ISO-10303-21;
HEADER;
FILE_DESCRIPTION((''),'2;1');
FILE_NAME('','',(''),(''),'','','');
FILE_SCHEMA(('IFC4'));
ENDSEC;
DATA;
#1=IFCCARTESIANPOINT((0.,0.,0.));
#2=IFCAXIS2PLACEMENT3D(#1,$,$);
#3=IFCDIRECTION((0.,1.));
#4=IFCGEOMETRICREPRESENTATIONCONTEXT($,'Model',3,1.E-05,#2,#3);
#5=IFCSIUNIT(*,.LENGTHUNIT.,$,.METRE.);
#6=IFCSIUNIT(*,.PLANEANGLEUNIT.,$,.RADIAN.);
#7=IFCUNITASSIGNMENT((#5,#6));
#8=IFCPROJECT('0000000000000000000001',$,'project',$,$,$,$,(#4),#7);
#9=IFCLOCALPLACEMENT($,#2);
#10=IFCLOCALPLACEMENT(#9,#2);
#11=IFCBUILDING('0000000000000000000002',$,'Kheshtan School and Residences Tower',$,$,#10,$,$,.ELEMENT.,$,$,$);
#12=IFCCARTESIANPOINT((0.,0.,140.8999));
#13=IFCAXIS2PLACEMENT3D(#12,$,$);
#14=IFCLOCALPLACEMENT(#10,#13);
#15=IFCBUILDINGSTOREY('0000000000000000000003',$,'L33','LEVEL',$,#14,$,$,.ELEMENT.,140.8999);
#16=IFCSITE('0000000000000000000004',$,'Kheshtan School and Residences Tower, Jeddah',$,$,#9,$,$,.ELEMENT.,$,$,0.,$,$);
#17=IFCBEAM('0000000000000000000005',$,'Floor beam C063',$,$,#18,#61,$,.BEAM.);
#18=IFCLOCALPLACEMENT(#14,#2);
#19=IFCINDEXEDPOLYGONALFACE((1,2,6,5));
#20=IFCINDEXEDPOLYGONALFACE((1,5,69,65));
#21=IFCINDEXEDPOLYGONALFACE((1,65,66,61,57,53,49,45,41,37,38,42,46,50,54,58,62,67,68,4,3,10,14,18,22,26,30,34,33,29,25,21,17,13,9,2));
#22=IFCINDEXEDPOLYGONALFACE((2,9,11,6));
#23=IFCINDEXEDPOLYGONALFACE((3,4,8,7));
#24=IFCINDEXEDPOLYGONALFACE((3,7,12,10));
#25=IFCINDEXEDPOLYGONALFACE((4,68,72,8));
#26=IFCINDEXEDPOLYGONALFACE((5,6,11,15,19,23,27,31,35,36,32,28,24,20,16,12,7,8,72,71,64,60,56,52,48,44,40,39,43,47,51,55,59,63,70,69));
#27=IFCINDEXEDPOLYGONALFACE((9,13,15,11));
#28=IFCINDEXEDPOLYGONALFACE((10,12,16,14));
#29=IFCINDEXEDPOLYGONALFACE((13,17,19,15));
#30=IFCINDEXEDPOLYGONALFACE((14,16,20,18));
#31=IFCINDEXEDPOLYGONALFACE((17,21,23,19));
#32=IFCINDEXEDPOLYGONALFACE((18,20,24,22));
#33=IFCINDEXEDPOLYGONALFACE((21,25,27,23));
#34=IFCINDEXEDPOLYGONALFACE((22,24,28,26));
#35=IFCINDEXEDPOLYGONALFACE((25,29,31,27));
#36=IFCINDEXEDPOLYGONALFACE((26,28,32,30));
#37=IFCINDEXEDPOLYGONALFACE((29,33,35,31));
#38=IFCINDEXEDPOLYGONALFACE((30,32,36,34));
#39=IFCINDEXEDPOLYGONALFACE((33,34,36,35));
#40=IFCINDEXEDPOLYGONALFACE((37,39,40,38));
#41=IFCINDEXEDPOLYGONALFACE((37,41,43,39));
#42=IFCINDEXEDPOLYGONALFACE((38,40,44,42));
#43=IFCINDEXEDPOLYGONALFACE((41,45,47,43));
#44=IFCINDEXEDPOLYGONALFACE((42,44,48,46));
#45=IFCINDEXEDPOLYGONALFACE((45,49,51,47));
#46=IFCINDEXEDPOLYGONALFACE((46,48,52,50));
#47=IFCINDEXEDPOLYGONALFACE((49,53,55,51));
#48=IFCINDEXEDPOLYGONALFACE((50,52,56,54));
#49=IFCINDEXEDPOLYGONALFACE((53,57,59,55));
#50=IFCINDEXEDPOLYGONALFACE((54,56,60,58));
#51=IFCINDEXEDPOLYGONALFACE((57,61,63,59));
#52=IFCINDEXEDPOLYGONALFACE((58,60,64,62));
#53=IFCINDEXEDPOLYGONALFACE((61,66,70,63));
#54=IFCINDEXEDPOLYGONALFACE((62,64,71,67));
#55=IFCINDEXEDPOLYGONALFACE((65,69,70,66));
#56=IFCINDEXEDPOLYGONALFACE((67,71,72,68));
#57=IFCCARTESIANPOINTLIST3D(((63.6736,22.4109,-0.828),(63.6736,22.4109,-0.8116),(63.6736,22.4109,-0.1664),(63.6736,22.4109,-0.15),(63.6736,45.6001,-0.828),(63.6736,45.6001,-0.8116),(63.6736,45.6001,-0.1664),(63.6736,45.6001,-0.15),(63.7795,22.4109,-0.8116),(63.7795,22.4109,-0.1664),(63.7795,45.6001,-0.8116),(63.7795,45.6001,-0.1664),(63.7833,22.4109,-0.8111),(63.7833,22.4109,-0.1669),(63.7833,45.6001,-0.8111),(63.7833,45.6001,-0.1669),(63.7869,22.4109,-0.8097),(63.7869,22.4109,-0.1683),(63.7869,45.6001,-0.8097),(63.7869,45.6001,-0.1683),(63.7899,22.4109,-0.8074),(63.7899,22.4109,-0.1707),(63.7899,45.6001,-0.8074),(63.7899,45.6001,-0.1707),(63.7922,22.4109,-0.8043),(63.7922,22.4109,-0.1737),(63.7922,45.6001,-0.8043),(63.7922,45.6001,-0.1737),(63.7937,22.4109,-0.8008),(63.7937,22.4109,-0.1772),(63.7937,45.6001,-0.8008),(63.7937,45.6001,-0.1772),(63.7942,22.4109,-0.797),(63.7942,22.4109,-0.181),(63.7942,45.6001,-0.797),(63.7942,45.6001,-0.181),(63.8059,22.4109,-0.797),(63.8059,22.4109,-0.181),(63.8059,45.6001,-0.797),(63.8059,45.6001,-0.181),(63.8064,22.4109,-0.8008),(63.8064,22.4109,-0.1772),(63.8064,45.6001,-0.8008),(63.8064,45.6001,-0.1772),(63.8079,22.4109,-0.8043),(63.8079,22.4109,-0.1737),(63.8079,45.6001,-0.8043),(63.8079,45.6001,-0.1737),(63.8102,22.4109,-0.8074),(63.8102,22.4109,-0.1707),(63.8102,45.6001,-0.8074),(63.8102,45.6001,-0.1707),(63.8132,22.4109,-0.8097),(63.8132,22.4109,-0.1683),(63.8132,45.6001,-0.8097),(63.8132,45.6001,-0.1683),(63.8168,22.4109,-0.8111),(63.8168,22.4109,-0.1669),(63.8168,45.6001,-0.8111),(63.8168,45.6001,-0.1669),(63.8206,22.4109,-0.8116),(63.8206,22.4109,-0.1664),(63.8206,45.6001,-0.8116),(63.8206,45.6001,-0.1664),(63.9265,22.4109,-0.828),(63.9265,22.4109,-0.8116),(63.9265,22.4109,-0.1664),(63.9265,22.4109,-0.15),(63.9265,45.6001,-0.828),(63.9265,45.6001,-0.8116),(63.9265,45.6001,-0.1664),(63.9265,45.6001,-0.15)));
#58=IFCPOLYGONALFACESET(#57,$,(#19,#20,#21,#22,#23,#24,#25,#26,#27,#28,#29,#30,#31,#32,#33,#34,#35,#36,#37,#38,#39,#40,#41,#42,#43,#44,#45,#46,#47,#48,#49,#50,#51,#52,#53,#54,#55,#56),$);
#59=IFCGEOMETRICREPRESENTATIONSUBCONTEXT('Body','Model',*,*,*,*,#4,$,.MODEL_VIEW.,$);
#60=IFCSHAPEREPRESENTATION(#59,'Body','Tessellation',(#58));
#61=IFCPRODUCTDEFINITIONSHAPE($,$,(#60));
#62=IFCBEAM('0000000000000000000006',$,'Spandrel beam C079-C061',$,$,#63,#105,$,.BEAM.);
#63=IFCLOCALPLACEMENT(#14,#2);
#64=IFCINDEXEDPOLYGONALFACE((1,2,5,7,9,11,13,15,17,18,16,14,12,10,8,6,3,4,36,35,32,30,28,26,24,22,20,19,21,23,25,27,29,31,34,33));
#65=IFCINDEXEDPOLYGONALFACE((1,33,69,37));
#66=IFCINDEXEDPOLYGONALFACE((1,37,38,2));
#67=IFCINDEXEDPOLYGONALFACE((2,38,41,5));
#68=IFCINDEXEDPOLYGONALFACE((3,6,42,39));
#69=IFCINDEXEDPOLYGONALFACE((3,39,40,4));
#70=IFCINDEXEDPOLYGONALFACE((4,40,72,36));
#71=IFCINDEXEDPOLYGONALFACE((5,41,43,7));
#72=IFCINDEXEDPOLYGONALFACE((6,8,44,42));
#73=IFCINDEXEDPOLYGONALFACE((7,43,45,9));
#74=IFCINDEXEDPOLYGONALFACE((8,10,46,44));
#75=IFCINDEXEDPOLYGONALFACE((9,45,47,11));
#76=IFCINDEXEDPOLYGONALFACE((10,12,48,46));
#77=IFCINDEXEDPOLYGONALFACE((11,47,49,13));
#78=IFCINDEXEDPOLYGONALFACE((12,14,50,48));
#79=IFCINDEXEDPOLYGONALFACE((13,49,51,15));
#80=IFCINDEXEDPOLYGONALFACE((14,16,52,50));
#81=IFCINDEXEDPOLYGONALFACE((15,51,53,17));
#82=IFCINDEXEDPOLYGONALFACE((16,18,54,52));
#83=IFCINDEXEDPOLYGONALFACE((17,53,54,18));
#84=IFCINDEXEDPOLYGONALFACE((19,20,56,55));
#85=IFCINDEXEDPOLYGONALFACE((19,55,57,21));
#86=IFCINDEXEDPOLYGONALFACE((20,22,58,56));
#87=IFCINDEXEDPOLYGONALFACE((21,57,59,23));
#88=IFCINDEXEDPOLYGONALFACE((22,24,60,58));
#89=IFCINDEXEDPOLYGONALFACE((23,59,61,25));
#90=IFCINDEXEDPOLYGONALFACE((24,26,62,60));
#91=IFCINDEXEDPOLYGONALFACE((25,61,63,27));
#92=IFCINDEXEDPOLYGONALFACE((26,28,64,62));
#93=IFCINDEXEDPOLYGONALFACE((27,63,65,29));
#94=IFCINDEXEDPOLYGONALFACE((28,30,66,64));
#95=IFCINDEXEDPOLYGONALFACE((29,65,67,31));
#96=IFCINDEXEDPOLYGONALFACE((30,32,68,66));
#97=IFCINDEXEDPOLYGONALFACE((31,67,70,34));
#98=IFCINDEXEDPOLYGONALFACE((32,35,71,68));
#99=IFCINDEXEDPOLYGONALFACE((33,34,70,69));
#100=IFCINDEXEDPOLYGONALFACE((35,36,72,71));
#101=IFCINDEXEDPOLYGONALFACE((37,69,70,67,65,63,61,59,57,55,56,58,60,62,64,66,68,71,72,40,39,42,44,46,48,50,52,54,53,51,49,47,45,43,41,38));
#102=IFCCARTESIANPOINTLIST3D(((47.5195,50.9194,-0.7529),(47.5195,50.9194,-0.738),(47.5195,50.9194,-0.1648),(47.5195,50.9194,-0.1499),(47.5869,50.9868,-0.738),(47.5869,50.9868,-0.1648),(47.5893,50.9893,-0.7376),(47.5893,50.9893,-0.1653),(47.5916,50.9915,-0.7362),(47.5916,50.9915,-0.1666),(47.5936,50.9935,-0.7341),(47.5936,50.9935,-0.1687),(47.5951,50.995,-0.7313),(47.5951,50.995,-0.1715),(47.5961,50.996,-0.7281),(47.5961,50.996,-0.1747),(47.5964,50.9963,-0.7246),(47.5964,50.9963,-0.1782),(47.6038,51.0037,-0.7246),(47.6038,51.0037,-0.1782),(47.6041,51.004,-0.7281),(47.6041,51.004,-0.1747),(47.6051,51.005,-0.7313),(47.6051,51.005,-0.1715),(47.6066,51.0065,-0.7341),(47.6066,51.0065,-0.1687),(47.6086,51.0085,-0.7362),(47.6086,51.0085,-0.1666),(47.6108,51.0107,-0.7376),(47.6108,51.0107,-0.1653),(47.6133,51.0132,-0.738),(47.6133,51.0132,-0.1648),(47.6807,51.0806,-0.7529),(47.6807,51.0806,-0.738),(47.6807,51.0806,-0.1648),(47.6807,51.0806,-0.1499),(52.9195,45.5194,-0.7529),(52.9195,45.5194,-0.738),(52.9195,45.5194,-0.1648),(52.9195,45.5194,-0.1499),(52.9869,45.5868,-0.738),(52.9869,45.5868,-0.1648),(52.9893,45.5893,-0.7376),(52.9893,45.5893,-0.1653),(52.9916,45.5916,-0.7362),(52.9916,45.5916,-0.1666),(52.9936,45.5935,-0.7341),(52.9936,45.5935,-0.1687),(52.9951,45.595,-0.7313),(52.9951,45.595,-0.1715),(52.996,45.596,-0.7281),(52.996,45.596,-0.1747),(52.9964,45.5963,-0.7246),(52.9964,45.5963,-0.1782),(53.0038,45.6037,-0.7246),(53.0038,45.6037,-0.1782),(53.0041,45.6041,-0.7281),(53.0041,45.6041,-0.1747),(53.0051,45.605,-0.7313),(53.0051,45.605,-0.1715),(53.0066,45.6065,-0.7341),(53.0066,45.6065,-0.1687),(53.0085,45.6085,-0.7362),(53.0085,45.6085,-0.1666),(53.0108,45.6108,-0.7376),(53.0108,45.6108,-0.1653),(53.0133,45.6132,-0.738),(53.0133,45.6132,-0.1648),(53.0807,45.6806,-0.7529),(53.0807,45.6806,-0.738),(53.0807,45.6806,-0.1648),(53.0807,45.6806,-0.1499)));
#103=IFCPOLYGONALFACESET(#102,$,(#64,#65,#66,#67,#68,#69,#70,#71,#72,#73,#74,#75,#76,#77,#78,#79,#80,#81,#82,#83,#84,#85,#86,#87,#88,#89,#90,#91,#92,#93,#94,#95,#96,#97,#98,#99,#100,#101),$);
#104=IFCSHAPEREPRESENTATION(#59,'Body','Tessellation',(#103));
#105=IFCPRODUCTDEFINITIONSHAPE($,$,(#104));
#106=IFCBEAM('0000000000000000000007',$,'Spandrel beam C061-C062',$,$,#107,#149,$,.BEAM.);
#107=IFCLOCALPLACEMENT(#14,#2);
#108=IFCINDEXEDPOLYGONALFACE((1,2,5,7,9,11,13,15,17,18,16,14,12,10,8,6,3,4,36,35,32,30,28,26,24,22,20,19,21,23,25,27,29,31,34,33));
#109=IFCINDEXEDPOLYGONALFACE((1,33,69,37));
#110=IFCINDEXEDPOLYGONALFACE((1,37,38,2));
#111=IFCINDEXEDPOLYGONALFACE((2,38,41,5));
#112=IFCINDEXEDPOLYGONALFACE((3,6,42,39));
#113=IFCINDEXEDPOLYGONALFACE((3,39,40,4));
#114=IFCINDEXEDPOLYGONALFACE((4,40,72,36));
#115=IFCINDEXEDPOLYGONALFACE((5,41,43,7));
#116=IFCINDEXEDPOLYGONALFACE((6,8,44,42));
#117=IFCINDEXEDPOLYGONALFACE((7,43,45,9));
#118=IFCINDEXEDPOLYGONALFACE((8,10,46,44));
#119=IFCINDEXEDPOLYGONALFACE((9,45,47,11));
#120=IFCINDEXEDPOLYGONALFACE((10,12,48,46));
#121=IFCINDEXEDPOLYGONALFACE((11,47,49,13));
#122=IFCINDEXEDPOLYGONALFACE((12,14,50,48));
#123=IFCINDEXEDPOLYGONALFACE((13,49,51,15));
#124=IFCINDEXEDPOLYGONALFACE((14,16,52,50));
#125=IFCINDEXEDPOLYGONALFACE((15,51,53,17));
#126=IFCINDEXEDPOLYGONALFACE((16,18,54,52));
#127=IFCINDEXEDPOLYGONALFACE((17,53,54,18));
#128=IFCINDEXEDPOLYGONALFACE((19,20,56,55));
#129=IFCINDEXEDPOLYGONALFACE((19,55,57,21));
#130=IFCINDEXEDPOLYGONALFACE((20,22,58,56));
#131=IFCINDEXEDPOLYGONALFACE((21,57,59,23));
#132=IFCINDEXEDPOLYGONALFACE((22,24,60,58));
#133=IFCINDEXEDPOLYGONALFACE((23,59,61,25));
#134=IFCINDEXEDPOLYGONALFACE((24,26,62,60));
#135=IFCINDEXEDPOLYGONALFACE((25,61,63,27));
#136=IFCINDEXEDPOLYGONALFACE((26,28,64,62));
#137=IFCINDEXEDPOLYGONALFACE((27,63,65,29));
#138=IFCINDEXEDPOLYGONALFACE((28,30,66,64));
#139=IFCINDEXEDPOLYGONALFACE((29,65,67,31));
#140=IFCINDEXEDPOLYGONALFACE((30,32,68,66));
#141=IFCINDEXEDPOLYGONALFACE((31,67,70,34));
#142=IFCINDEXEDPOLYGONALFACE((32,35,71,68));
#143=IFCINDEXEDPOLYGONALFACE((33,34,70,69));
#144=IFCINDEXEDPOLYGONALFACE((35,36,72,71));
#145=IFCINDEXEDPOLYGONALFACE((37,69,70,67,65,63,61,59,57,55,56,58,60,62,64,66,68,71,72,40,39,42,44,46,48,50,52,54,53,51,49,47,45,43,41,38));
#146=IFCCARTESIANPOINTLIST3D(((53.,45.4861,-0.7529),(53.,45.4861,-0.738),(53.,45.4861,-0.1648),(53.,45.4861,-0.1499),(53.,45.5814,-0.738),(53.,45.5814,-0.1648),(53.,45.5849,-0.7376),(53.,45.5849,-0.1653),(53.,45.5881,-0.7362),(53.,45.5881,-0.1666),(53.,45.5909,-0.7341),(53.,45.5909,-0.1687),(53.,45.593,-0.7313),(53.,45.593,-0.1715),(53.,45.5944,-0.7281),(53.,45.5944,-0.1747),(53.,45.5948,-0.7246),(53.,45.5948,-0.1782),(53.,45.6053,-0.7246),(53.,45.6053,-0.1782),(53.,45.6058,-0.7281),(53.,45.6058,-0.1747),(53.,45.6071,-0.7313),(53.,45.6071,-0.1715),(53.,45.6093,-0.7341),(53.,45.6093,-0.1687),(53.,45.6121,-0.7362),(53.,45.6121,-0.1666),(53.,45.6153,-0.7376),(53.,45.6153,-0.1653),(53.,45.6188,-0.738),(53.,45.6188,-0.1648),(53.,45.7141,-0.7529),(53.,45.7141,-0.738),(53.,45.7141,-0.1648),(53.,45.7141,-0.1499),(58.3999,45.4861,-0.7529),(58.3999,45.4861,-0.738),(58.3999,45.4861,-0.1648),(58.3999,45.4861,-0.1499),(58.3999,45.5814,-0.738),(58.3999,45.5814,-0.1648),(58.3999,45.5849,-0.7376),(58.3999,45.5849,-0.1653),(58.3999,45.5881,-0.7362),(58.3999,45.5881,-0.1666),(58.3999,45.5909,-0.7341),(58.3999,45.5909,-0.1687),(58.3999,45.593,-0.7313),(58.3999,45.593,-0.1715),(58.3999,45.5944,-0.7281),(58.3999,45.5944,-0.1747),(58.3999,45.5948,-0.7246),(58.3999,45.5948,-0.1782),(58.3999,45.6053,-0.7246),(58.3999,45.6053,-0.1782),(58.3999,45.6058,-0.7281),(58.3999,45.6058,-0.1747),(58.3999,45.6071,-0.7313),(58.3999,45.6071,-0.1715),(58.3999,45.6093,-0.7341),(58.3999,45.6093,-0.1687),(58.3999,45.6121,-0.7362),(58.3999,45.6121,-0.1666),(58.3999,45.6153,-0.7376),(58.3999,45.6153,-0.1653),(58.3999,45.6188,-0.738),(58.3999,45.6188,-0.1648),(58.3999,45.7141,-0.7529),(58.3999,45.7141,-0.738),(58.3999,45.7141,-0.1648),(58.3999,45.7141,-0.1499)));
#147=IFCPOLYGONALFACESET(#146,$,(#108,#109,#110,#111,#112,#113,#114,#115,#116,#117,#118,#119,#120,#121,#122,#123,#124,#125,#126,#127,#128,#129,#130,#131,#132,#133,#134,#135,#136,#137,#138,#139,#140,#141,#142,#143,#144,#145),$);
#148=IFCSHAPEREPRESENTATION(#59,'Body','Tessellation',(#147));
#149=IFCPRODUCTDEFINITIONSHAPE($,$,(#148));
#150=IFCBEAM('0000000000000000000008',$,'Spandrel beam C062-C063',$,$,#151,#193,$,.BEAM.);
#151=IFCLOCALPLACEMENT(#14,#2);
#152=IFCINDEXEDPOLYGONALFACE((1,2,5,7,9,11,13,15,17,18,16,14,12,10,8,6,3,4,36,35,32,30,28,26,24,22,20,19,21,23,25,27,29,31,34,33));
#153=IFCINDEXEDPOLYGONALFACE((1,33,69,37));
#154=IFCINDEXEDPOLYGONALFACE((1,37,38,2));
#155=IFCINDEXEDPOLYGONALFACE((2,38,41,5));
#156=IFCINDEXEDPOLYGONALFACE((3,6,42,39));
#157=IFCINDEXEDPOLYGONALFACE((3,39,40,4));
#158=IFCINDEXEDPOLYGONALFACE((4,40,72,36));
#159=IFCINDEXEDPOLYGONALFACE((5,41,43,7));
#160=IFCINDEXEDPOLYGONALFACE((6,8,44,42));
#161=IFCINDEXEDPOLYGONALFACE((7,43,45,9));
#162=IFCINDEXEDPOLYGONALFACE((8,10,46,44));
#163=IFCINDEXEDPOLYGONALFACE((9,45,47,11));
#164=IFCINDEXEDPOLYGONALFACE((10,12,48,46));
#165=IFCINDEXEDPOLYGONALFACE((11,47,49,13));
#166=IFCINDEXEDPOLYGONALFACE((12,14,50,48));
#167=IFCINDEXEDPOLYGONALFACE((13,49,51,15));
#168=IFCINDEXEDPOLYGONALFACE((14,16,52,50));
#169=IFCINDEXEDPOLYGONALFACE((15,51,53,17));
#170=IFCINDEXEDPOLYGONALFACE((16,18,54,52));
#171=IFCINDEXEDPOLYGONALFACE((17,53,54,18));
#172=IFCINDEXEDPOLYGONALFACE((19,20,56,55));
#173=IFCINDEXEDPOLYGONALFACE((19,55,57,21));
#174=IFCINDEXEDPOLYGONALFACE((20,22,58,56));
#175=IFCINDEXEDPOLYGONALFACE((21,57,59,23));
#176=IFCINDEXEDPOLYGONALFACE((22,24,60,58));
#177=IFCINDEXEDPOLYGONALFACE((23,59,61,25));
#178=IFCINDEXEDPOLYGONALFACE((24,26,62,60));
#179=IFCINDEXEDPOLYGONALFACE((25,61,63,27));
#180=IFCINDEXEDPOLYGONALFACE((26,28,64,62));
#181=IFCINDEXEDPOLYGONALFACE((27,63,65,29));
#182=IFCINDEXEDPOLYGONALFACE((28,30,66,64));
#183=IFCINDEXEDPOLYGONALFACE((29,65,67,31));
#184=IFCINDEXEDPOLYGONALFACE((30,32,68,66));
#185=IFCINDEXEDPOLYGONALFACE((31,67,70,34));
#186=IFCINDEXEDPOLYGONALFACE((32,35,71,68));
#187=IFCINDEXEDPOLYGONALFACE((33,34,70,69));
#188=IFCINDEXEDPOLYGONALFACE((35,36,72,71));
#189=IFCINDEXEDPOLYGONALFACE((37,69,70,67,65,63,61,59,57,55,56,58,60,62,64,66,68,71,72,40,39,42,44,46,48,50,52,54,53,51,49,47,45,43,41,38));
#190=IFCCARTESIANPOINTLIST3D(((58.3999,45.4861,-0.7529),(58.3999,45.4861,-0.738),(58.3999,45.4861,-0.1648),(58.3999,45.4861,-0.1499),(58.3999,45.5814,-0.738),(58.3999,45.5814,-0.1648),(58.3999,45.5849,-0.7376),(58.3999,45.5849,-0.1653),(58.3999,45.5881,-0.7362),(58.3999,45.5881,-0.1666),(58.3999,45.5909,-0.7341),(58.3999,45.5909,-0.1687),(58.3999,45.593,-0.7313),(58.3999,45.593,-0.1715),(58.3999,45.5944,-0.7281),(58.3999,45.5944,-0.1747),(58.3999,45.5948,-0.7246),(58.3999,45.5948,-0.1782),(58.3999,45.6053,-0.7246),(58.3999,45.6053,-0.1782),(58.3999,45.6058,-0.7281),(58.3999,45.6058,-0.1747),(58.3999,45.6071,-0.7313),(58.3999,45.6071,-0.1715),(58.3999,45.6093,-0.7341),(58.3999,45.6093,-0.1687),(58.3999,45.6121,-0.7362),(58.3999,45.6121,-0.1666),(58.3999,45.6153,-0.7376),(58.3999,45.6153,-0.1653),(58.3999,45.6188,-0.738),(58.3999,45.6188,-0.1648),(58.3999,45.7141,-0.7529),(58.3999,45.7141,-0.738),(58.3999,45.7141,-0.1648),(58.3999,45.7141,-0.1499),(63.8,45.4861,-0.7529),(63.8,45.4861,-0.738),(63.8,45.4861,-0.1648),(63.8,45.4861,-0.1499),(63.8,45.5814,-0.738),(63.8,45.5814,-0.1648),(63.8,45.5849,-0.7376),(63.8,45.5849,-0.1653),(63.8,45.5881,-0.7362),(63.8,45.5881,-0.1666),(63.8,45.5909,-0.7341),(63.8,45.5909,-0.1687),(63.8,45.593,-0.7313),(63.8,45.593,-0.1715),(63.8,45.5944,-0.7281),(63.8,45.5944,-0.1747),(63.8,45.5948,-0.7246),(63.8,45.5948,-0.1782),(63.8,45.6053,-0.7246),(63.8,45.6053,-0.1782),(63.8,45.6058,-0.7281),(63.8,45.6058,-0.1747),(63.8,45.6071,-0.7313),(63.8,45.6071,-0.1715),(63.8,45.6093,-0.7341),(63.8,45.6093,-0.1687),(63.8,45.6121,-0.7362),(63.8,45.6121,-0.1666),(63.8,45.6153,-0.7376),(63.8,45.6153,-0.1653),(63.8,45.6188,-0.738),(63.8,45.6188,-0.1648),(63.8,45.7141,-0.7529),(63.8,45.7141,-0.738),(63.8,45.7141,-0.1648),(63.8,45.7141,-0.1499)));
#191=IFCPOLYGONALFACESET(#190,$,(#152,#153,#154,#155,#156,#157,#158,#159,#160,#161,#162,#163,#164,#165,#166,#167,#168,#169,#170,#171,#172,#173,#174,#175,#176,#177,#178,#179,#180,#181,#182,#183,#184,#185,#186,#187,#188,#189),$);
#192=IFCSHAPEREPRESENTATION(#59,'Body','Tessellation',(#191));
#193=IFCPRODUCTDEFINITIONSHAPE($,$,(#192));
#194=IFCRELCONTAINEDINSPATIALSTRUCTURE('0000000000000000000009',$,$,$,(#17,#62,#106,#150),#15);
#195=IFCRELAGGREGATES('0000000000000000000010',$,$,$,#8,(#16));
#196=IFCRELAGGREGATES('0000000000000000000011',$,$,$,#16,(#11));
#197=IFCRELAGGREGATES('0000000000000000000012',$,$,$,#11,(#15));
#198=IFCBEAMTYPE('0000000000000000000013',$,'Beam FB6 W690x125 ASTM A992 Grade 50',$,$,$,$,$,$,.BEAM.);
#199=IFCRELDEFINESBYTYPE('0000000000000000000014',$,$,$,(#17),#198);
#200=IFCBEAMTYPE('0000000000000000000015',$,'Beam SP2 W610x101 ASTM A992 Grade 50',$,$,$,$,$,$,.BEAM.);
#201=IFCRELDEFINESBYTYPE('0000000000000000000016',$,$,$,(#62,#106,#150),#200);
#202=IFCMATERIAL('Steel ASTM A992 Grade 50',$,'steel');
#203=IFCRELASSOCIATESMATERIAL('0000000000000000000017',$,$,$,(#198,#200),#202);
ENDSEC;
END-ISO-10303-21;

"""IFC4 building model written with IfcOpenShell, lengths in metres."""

from ifc_helpers import new_model, si_unit, direction, frame, origin, origin_2d, place, context, subcontext, project, spatial, i_section, extrude, material, material_profile, profile_set, type_object, element, save


model = new_model("IFC4")

# Units and contexts
model_context = context("Model", 3, precision=1e-05, world=origin(), true_north=direction((0.0, 1.0)))
body_context = subcontext(model_context, "Body", "Model", "MODEL_VIEW")
ifc_project = project(units=[si_unit("LENGTHUNIT", "METRE"), si_unit("PLANEANGLEUNIT", "RADIAN")], contexts=[model_context])

# Site, building, storey
site_placement = place(None, origin())
site = spatial("IfcSite", under=ifc_project, at=site_placement, Name="Kheshtan School and Residences Tower, Jeddah", CompositionType="ELEMENT", RefElevation=0.0)
building_placement = place(site_placement, origin())
building = spatial("IfcBuilding", under=site, at=building_placement, Name="Kheshtan School and Residences Tower", CompositionType="ELEMENT")
storey_placement = place(building_placement, frame((0.0, 0.0, 140.8999)))
storey = spatial("IfcBuildingStorey", under=building, at=storey_placement, Name="L33", Description="LEVEL", CompositionType="ELEMENT", Elevation=140.8999)

# Shared definitions
ifc_material_1 = material(Name="Steel ASTM A992 Grade 50", Category="steel")

# Beams
ifc_material_profile_1 = material_profile(ifc_material_1, i_section(OverallWidth=0.2529, OverallDepth=0.678, WebThickness=0.0117, FlangeThickness=0.0164, FilletRadius=0.0146, at=origin_2d()), Name="W690x125")
ifc_profile_set_1 = profile_set([ifc_material_profile_1], Name="Steel ASTM A992 Grade 50")
beam_type_1 = type_object("IfcBeamType", Name="Beam FB6 W690x125 ASTM A992 Grade 50", PredefinedType="BEAM", material=ifc_profile_set_1)
beam_1_placement = place(storey_placement, frame((63.8, 45.6001, -0.489), z_axis=(0.0, -1.0, 0.0), x_axis=(1.0, 0.0, 0.0)))
element("IfcBeam", 1, at=beam_1_placement, inside=storey, type_object=beam_type_1, Name="Floor beam C063", PredefinedType="BEAM", context=body_context, shape_type="SweptSolid", body=[
    extrude(i_section(OverallWidth=0.2529, OverallDepth=0.678, WebThickness=0.0117, FlangeThickness=0.0164, FilletRadius=0.0146, at=origin_2d()), origin(), (0.0, 0.0, 1.0), 23.1892),
])
ifc_material_profile_2 = material_profile(ifc_material_1, i_section(OverallWidth=0.228, OverallDepth=0.603, WebThickness=0.0105, FlangeThickness=0.0149, FilletRadius=0.0134, at=origin_2d()), Name="W610x101")
ifc_profile_set_2 = profile_set([ifc_material_profile_2], Name="Steel ASTM A992 Grade 50")
beam_type_2 = type_object("IfcBeamType", Name="Beam SP2 W610x101 ASTM A992 Grade 50", PredefinedType="BEAM", material=ifc_profile_set_2)
beam_2_placement = place(storey_placement, frame((47.6001, 51.0, -0.4514), z_axis=(0.707107, -0.707107, 0.0), x_axis=(0.707107, 0.707107, 0.0)))
element("IfcBeam", 2, at=beam_2_placement, inside=storey, type_object=beam_type_2, Name="Spandrel beam C079-C061", PredefinedType="BEAM", context=body_context, shape_type="SweptSolid", body=[
    extrude(i_section(OverallWidth=0.228, OverallDepth=0.603, WebThickness=0.0105, FlangeThickness=0.0149, FilletRadius=0.0134, at=origin_2d()), origin(), (0.0, 0.0, 1.0), 7.6367),
])
beam_3_placement = place(storey_placement, frame((53.0, 45.6001, -0.4514), z_axis=(1.0, 0.0, 0.0), x_axis=(0.0, 1.0, 0.0)))
element("IfcBeam", 3, at=beam_3_placement, inside=storey, type_object=beam_type_2, Name="Spandrel beam C061-C062", PredefinedType="BEAM", context=body_context, shape_type="SweptSolid", body=[
    extrude(i_section(OverallWidth=0.228, OverallDepth=0.603, WebThickness=0.0105, FlangeThickness=0.0149, FilletRadius=0.0134, at=origin_2d()), origin(), (0.0, 0.0, 1.0), 5.3999),
])
beam_4_placement = place(storey_placement, frame((58.3999, 45.6001, -0.4514), z_axis=(1.0, 0.0, 0.0), x_axis=(0.0, 1.0, 0.0)))
element("IfcBeam", 4, at=beam_4_placement, inside=storey, type_object=beam_type_2, Name="Spandrel beam C062-C063", PredefinedType="BEAM", context=body_context, shape_type="SweptSolid", body=[
    extrude(i_section(OverallWidth=0.228, OverallDepth=0.603, WebThickness=0.0105, FlangeThickness=0.0149, FilletRadius=0.0134, at=origin_2d()), origin(), (0.0, 0.0, 1.0), 5.4001),
])

save(model, "model.ifc")
